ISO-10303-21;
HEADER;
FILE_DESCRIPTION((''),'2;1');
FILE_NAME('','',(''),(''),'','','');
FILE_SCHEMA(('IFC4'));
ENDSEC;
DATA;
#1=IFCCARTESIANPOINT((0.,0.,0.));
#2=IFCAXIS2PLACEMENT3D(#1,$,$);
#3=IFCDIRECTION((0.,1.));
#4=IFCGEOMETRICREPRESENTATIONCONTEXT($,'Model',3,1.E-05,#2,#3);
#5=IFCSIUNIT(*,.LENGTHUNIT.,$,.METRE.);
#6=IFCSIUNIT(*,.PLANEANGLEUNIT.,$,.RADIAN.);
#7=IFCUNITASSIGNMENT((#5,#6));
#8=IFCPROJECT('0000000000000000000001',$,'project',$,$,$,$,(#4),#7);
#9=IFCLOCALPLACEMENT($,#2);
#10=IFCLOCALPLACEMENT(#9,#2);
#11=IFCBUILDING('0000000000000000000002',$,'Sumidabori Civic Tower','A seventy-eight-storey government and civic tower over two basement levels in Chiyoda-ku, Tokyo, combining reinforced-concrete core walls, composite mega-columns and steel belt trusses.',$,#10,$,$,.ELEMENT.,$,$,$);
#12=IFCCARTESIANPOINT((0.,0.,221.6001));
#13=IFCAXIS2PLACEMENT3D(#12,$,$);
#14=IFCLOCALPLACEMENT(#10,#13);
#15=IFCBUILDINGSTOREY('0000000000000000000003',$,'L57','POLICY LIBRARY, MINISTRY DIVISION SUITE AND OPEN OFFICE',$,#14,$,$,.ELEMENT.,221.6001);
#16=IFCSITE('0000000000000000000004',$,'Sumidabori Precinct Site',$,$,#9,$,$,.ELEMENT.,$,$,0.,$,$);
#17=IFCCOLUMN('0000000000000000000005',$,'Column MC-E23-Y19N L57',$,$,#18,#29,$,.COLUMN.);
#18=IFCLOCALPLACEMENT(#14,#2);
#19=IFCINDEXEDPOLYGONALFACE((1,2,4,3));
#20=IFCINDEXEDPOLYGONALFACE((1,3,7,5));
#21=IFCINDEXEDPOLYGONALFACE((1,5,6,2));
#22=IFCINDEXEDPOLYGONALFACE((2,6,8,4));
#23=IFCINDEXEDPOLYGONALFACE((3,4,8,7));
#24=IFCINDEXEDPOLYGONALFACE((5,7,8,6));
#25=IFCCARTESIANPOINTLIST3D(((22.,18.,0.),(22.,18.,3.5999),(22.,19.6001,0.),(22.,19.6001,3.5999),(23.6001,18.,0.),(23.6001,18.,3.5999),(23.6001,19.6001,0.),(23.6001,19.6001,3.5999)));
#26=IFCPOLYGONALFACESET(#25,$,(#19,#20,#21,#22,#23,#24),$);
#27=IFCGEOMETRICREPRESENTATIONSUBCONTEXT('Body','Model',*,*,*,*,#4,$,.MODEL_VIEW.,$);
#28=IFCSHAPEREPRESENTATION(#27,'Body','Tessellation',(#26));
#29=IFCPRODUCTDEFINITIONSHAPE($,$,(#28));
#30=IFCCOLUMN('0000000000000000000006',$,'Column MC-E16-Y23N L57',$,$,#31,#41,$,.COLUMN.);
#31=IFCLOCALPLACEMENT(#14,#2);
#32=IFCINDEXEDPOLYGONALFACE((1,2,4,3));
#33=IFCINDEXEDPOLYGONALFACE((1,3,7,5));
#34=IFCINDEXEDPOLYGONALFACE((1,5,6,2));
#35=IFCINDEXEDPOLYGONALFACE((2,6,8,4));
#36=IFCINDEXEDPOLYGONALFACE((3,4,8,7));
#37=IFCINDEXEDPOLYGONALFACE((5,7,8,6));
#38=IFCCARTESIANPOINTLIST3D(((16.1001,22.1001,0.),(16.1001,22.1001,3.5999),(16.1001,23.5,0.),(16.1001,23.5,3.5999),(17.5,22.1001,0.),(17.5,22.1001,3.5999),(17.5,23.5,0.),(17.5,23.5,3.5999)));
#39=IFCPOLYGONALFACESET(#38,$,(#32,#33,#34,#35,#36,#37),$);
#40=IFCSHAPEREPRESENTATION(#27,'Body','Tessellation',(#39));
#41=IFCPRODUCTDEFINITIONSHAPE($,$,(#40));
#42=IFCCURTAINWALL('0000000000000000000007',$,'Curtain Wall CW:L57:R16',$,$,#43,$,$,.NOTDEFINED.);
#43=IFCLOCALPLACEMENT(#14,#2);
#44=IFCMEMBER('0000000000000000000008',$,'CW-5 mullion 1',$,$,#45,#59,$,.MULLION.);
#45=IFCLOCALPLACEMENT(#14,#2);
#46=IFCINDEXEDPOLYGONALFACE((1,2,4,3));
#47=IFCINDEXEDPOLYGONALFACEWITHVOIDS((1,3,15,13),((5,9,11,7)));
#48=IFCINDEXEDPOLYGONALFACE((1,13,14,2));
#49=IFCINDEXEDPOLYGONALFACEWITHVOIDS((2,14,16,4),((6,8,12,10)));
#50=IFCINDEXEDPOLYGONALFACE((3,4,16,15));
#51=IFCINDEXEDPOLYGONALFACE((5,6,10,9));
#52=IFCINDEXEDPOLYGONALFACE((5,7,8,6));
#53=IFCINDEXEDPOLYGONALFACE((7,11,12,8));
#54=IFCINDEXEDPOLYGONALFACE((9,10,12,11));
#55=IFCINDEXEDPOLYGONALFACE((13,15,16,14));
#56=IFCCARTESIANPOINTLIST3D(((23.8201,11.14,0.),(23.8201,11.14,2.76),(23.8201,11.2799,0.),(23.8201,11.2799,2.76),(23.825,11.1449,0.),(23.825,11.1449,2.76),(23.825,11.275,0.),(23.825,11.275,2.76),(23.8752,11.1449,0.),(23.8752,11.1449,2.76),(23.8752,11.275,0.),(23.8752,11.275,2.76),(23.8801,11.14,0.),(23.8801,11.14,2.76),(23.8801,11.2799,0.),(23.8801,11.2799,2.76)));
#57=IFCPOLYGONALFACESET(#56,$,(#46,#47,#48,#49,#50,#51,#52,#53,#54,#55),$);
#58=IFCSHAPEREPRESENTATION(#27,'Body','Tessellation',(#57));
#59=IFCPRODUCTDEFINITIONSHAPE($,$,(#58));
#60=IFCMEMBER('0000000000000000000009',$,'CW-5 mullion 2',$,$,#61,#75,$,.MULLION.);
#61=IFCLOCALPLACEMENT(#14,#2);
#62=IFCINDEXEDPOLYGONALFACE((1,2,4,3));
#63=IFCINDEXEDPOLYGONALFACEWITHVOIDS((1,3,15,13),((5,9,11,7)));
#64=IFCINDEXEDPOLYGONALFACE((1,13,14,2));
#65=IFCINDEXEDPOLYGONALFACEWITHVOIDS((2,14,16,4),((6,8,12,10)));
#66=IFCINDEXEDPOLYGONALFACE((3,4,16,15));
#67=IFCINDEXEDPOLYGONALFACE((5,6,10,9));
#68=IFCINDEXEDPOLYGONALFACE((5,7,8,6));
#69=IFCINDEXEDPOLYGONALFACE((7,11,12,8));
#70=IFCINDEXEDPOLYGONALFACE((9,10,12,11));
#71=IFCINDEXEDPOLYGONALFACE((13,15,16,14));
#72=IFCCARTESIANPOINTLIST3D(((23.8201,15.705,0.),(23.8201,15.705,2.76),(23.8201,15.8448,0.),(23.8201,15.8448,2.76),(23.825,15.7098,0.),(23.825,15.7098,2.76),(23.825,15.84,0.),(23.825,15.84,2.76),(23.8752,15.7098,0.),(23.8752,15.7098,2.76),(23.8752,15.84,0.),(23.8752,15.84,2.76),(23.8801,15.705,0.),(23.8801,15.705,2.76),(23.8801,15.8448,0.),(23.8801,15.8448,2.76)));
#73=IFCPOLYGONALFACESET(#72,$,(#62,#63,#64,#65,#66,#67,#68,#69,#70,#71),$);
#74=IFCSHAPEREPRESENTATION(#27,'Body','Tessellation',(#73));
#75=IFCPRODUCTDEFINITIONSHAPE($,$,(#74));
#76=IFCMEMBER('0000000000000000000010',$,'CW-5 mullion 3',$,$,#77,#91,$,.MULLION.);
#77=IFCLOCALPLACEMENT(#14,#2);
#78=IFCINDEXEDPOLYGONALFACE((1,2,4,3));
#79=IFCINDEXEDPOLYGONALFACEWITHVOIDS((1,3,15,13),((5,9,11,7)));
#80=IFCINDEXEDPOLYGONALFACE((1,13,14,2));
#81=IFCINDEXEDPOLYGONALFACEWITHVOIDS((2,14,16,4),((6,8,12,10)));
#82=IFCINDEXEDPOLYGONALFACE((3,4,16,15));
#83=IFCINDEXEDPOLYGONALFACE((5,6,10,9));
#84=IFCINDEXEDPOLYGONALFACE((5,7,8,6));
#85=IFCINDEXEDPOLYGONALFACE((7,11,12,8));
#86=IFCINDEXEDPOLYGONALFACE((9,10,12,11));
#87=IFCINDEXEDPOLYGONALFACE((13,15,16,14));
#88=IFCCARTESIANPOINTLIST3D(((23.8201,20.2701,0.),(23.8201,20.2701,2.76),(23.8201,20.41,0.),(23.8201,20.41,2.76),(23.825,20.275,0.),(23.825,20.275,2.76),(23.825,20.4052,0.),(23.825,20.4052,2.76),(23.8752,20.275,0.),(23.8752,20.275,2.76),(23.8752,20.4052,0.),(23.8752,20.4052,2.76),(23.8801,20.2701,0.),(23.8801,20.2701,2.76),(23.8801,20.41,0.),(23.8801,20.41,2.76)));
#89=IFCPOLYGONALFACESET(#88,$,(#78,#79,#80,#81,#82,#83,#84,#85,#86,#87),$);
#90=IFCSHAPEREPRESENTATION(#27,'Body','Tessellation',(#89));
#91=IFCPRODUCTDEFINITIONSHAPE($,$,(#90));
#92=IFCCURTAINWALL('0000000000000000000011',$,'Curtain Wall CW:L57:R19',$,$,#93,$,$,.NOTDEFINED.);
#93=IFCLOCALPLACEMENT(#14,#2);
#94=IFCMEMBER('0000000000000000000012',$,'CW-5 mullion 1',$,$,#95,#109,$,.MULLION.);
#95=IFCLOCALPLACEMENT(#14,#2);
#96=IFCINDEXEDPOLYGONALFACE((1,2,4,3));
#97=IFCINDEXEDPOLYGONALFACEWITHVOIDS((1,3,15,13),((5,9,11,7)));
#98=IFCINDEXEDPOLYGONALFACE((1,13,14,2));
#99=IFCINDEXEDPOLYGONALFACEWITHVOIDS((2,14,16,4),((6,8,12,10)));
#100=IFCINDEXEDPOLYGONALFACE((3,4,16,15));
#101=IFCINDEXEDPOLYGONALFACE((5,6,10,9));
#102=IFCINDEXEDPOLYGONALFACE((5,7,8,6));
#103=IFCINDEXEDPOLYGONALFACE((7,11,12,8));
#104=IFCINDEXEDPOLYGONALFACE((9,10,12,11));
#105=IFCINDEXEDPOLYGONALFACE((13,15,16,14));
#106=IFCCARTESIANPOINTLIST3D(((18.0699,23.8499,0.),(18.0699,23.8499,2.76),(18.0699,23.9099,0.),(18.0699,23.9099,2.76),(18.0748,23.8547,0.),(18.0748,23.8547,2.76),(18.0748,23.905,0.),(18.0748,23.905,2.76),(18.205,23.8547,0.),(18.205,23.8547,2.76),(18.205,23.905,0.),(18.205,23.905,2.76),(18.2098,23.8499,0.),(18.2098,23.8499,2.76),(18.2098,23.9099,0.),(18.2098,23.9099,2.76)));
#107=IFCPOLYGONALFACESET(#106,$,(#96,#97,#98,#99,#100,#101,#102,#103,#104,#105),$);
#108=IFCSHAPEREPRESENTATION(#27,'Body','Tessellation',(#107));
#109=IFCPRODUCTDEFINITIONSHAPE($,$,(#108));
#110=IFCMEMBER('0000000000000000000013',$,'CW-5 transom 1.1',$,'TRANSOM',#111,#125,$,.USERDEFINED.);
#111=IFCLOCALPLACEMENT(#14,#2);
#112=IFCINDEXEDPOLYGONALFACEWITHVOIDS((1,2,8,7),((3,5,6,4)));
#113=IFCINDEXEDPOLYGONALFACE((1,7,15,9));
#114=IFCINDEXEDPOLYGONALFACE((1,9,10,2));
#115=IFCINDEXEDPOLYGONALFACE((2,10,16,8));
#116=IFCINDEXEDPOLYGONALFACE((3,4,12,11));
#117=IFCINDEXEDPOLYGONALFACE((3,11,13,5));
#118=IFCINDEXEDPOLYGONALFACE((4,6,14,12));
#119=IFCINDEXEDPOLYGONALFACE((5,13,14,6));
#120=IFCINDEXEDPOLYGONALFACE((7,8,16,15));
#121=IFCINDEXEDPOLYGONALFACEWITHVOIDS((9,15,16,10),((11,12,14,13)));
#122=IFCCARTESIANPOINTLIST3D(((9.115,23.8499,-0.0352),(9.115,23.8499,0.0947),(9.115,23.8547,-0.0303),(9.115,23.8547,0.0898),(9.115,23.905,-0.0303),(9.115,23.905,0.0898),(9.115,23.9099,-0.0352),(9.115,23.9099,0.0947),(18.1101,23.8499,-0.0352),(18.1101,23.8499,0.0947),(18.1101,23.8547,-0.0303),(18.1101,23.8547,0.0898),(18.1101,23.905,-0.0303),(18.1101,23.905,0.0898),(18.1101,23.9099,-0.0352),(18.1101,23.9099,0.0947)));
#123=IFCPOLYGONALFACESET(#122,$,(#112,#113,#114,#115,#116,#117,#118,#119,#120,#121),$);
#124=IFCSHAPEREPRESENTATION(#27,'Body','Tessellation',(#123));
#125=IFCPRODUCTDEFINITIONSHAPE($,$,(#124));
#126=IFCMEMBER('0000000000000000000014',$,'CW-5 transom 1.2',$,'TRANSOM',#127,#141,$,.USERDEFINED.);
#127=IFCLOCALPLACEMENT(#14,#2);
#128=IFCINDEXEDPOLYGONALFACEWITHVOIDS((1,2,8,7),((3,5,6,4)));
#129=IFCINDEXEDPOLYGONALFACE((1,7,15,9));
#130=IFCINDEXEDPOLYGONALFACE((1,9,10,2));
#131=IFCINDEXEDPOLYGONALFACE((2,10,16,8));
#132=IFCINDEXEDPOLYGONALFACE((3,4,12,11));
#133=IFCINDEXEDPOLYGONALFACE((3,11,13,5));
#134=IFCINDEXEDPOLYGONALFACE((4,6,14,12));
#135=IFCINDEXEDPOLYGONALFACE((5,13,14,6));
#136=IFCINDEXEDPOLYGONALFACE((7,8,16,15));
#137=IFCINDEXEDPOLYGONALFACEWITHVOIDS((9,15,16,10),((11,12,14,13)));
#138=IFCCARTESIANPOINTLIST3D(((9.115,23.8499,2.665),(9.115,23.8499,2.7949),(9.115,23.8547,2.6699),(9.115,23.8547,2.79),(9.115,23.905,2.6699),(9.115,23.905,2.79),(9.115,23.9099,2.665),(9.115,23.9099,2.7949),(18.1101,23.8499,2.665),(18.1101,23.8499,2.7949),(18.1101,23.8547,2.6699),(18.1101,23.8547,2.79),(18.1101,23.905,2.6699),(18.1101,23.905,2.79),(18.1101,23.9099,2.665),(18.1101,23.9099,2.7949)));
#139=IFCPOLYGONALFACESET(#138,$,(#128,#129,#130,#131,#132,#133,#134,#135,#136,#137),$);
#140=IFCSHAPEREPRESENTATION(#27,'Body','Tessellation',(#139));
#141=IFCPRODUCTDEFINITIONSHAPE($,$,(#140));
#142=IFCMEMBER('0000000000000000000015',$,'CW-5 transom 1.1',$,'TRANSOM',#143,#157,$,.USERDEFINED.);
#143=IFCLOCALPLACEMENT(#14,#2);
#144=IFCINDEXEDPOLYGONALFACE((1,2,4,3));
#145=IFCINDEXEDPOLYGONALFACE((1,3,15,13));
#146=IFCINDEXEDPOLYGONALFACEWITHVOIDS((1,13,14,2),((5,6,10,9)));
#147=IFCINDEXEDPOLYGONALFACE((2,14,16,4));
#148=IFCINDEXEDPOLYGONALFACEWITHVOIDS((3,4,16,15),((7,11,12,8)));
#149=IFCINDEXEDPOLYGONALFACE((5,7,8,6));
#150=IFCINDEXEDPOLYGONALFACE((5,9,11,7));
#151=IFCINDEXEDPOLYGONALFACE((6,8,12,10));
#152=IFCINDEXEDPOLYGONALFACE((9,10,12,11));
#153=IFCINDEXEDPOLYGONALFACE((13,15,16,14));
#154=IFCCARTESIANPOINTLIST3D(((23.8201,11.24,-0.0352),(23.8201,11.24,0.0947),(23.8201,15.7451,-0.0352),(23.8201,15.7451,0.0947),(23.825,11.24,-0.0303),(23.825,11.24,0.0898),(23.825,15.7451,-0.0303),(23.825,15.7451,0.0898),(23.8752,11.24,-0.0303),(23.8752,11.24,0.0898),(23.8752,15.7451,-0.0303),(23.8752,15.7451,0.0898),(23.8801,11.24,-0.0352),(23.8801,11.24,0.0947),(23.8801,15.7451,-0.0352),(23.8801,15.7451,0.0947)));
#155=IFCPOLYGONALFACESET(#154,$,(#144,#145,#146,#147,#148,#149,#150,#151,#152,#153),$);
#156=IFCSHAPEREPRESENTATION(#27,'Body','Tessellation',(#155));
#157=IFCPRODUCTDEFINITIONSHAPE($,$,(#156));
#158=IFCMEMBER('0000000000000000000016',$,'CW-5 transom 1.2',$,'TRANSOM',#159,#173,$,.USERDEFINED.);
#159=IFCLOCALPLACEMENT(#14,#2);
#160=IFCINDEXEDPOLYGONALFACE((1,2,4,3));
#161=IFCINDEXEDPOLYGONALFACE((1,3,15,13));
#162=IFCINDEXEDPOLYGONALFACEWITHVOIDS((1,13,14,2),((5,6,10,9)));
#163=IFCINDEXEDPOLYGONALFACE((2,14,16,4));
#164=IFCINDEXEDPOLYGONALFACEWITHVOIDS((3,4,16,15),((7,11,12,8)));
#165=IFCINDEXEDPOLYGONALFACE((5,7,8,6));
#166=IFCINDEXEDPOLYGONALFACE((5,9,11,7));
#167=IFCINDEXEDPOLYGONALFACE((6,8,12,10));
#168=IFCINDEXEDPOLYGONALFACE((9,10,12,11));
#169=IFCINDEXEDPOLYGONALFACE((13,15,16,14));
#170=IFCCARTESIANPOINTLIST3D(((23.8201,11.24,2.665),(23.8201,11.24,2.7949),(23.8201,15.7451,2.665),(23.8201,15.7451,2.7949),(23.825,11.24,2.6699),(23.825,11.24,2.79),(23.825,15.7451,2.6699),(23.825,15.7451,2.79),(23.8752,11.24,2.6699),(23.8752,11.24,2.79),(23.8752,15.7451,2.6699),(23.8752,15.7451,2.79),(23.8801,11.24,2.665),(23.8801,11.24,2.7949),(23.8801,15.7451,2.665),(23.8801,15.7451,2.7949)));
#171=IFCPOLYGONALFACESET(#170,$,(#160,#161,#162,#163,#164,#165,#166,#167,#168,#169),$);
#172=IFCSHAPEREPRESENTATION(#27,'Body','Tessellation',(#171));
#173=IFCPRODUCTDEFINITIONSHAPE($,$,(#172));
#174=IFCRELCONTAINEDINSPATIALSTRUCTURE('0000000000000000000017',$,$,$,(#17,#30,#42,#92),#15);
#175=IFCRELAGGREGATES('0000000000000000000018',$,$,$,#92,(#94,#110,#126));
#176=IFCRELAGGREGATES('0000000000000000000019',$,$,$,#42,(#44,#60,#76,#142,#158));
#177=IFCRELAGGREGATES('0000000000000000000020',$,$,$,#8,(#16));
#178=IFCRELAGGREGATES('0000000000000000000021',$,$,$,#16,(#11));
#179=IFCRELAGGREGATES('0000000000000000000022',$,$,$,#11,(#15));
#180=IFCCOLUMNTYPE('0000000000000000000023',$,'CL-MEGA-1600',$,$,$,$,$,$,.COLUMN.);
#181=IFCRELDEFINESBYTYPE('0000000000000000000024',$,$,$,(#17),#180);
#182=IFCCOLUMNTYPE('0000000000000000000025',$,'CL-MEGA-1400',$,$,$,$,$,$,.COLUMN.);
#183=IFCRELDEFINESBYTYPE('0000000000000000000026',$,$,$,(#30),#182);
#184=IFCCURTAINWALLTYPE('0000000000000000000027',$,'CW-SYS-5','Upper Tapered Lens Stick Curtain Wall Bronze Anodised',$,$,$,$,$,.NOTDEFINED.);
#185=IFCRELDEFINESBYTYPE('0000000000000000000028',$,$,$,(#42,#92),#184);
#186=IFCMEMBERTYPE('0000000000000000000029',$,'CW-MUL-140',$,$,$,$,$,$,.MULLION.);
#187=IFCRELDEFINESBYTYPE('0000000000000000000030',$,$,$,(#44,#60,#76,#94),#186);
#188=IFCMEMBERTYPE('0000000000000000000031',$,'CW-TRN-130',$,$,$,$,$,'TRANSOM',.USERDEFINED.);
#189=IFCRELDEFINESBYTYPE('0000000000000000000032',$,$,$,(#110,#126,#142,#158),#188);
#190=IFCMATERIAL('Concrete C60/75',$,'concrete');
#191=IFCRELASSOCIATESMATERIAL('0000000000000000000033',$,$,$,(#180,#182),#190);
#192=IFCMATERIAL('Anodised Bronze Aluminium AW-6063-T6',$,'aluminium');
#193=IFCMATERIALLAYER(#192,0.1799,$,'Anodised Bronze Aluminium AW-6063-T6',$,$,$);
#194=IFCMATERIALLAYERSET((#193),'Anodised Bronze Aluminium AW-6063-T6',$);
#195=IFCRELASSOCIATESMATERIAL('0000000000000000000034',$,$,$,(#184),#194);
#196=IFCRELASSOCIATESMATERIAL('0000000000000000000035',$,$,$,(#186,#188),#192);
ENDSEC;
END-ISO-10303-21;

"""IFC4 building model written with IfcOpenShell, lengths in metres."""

from ifc_helpers import new_model, si_unit, direction, frame, origin, origin_2d, place, context, subcontext, project, spatial, rectangle, hollow_rectangle, extrude, source, transform, mapped, material, layer, layer_set, material_profile, profile_set, type_object, element, aggregate, save


model = new_model("IFC4")

# Units and contexts
model_context = context("Model", 3, precision=1e-05, world=origin(), true_north=direction((0.0, 1.0)))
body_context = subcontext(model_context, "Body", "Model", "MODEL_VIEW")
ifc_project = project(units=[si_unit("LENGTHUNIT", "METRE"), si_unit("PLANEANGLEUNIT", "RADIAN")], contexts=[model_context])

# Site, building, storey
site_placement = place(None, origin())
site = spatial("IfcSite", under=ifc_project, at=site_placement, Name="Sumidabori Precinct Site", CompositionType="ELEMENT", RefElevation=0.0)
building_placement = place(site_placement, origin())
building = spatial("IfcBuilding", under=site, at=building_placement, Name="Sumidabori Civic Tower", Description="A seventy-eight-storey government and civic tower over two basement levels in Chiyoda-ku, Tokyo, combining reinforced-concrete core walls, composite mega-columns and steel belt trusses.", CompositionType="ELEMENT")
storey_placement = place(building_placement, frame((0.0, 0.0, 221.6001)))
storey = spatial("IfcBuildingStorey", under=building, at=storey_placement, Name="L57", Description="POLICY LIBRARY, MINISTRY DIVISION SUITE AND OPEN OFFICE", CompositionType="ELEMENT", Elevation=221.6001)

# Columns
ifc_material_1 = material(Name="Concrete C60/75", Category="concrete")
ifc_material_profile_1 = material_profile(ifc_material_1, rectangle(XDim=1.6001, YDim=1.6001, at=origin_2d()), Name="RC 1600x1600")
ifc_profile_set_1 = profile_set([ifc_material_profile_1], Name="Concrete C60/75")
column_type_1 = type_object("IfcColumnType", Name="CL-MEGA-1600", PredefinedType="COLUMN", material=ifc_profile_set_1)
shared_shape_1 = source(origin(), body_context, "Body", "SweptSolid", [
    extrude(rectangle(XDim=1.6001, YDim=1.6001, at=origin_2d()), origin(), (0.0, 0.0, 1.0), 3.5999),
])
column_1_placement = place(storey_placement, frame((22.8, 18.8, 0.0), z_axis=(0.0, 0.0, 1.0), x_axis=(1.0, 0.0, 0.0)))
element("IfcColumn", 1, at=column_1_placement, inside=storey, type_object=column_type_1, Name="Column MC-E23-Y19N L57", PredefinedType="COLUMN", context=body_context, shape_type="MappedRepresentation", body=[
    mapped(shared_shape_1, transform((0.0, 0.0, 0.0), x_axis=(1.0, 0.0, 0.0), y_axis=(0.0, 1.0, 0.0), z_axis=(0.0, 0.0, 1.0), scale=1.0)),
])
ifc_material_profile_2 = material_profile(ifc_material_1, rectangle(XDim=1.3999, YDim=1.3999, at=origin_2d()), Name="RC 1400x1400")
ifc_profile_set_2 = profile_set([ifc_material_profile_2], Name="Concrete C60/75")
column_type_2 = type_object("IfcColumnType", Name="CL-MEGA-1400", PredefinedType="COLUMN", material=ifc_profile_set_2)
shared_shape_2 = source(origin(), body_context, "Body", "SweptSolid", [
    extrude(rectangle(XDim=1.3999, YDim=1.3999, at=origin_2d()), origin(), (0.0, 0.0, 1.0), 3.5999),
])
column_2_placement = place(storey_placement, frame((16.8, 22.8, 0.0), z_axis=(0.0, 0.0, 1.0), x_axis=(1.0, 0.0, 0.0)))
element("IfcColumn", 2, at=column_2_placement, inside=storey, type_object=column_type_2, Name="Column MC-E16-Y23N L57", PredefinedType="COLUMN", context=body_context, shape_type="MappedRepresentation", body=[
    mapped(shared_shape_2, transform((0.0, 0.0, 0.0), x_axis=(1.0, 0.0, 0.0), y_axis=(0.0, 1.0, 0.0), z_axis=(0.0, 0.0, 1.0), scale=1.0)),
])

# Curtain walls, members
ifc_material_2 = material(Name="Anodised Bronze Aluminium AW-6063-T6", Category="aluminium")
ifc_layer_1 = layer(ifc_material_2, 0.1799, Name="Anodised Bronze Aluminium AW-6063-T6")
ifc_layer_set_1 = layer_set([ifc_layer_1], Name="Anodised Bronze Aluminium AW-6063-T6")
curtain_wall_type = type_object("IfcCurtainWallType", Name="CW-SYS-5", Description="Upper Tapered Lens Stick Curtain Wall Bronze Anodised", PredefinedType="NOTDEFINED", material=ifc_layer_set_1)
curtain_wall_1_placement = place(storey_placement, origin())
curtain_wall_1 = element("IfcCurtainWall", 3, at=curtain_wall_1_placement, inside=storey, type_object=curtain_wall_type, Name="Curtain Wall CW:L57:R16", PredefinedType="NOTDEFINED")
ifc_material_profile_3 = material_profile(ifc_material_2, hollow_rectangle(XDim=0.0601, YDim=0.1399, WallThickness=0.0049, at=origin_2d()), Name="ALU MULLION 140x60")
ifc_profile_set_3 = profile_set([ifc_material_profile_3], Name="Anodised Bronze Aluminium AW-6063-T6")
member_type_1 = type_object("IfcMemberType", Name="CW-MUL-140", PredefinedType="MULLION", material=ifc_profile_set_3)
shared_shape_3 = source(origin(), body_context, "Body", "SweptSolid", [
    extrude(hollow_rectangle(XDim=0.0601, YDim=0.1399, WallThickness=0.0049, at=origin_2d()), origin(), (0.0, 0.0, 1.0), 2.76),
])
member_1_placement = place(storey_placement, frame((23.8501, 11.21, 0.0), z_axis=(0.0, 0.0, 1.0), x_axis=(-1.0, 0.0, 0.0)))
member_1 = element("IfcMember", 4, at=member_1_placement, type_object=member_type_1, Name="CW-5 mullion 1", PredefinedType="MULLION", context=body_context, shape_type="MappedRepresentation", body=[
    mapped(shared_shape_3, transform((0.0, 0.0, 0.0), x_axis=(1.0, 0.0, 0.0), y_axis=(0.0, 1.0, 0.0), z_axis=(0.0, 0.0, 1.0), scale=1.0)),
])
member_2_placement = place(storey_placement, frame((23.8501, 15.7749, 0.0), z_axis=(0.0, 0.0, 1.0), x_axis=(-1.0, 0.0, 0.0)))
member_2 = element("IfcMember", 5, at=member_2_placement, type_object=member_type_1, Name="CW-5 mullion 2", PredefinedType="MULLION", context=body_context, shape_type="MappedRepresentation", body=[
    mapped(shared_shape_3, transform((0.0, 0.0, 0.0), x_axis=(1.0, 0.0, 0.0), y_axis=(0.0, 1.0, 0.0), z_axis=(0.0, 0.0, 1.0), scale=1.0)),
])
member_3_placement = place(storey_placement, frame((23.8501, 20.3401, 0.0), z_axis=(0.0, 0.0, 1.0), x_axis=(-1.0, 0.0, 0.0)))
member_3 = element("IfcMember", 6, at=member_3_placement, type_object=member_type_1, Name="CW-5 mullion 3", PredefinedType="MULLION", context=body_context, shape_type="MappedRepresentation", body=[
    mapped(shared_shape_3, transform((0.0, 0.0, 0.0), x_axis=(1.0, 0.0, 0.0), y_axis=(0.0, 1.0, 0.0), z_axis=(0.0, 0.0, 1.0), scale=1.0)),
])
curtain_wall_2_placement = place(storey_placement, origin())
curtain_wall_2 = element("IfcCurtainWall", 7, at=curtain_wall_2_placement, inside=storey, type_object=curtain_wall_type, Name="Curtain Wall CW:L57:R19", PredefinedType="NOTDEFINED")
member_4_placement = place(storey_placement, frame((18.1399, 23.8799, 0.0), z_axis=(0.0, 0.0, 1.0), x_axis=(0.0, -1.0, 0.0)))
member_4 = element("IfcMember", 8, at=member_4_placement, type_object=member_type_1, Name="CW-5 mullion 1", PredefinedType="MULLION", context=body_context, shape_type="MappedRepresentation", body=[
    mapped(shared_shape_3, transform((0.0, 0.0, 0.0), x_axis=(1.0, 0.0, 0.0), y_axis=(0.0, 1.0, 0.0), z_axis=(0.0, 0.0, 1.0), scale=1.0)),
])
ifc_material_profile_4 = material_profile(ifc_material_2, hollow_rectangle(XDim=0.0601, YDim=0.1299, WallThickness=0.0049, at=origin_2d()), Name="ALU TRANSOM 130x60")
ifc_profile_set_4 = profile_set([ifc_material_profile_4], Name="Anodised Bronze Aluminium AW-6063-T6")
member_type_2 = type_object("IfcMemberType", Name="CW-TRN-130", ElementType="TRANSOM", PredefinedType="USERDEFINED", material=ifc_profile_set_4)
shared_shape_4 = source(origin(), body_context, "Body", "SweptSolid", [
    extrude(hollow_rectangle(XDim=0.0601, YDim=0.1299, WallThickness=0.0049, at=origin_2d()), origin(), (0.0, 0.0, 1.0), 8.9951),
])
member_5_placement = place(storey_placement, frame((18.1101, 23.8799, 0.0298), z_axis=(-1.0, 0.0, 0.0), x_axis=(0.0, -1.0, 0.0)))
member_5 = element("IfcMember", 9, at=member_5_placement, type_object=member_type_2, Name="CW-5 transom 1.1", ObjectType="TRANSOM", PredefinedType="USERDEFINED", context=body_context, shape_type="MappedRepresentation", body=[
    mapped(shared_shape_4, transform((0.0, 0.0, 0.0), x_axis=(1.0, 0.0, 0.0), y_axis=(0.0, 1.0, 0.0), z_axis=(0.0, 0.0, 1.0), scale=1.0)),
])
member_6_placement = place(storey_placement, frame((18.1101, 23.8799, 2.73), z_axis=(-1.0, 0.0, 0.0), x_axis=(0.0, -1.0, 0.0)))
member_6 = element("IfcMember", 10, at=member_6_placement, type_object=member_type_2, Name="CW-5 transom 1.2", ObjectType="TRANSOM", PredefinedType="USERDEFINED", context=body_context, shape_type="MappedRepresentation", body=[
    mapped(shared_shape_4, transform((0.0, 0.0, 0.0), x_axis=(1.0, 0.0, 0.0), y_axis=(0.0, 1.0, 0.0), z_axis=(0.0, 0.0, 1.0), scale=1.0)),
])
aggregate(curtain_wall_2, [member_4, member_5, member_6])

# Members
shared_shape_5 = source(origin(), body_context, "Body", "SweptSolid", [
    extrude(hollow_rectangle(XDim=0.0601, YDim=0.1299, WallThickness=0.0049, at=origin_2d()), origin(), (0.0, 0.0, 1.0), 4.5051),
])
member_7_placement = place(storey_placement, frame((23.8501, 11.24, 0.0298), z_axis=(0.0, 1.0, 0.0), x_axis=(-1.0, 0.0, 0.0)))
member_7 = element("IfcMember", 11, at=member_7_placement, type_object=member_type_2, Name="CW-5 transom 1.1", ObjectType="TRANSOM", PredefinedType="USERDEFINED", context=body_context, shape_type="MappedRepresentation", body=[
    mapped(shared_shape_5, transform((0.0, 0.0, 0.0), x_axis=(1.0, 0.0, 0.0), y_axis=(0.0, 1.0, 0.0), z_axis=(0.0, 0.0, 1.0), scale=1.0)),
])
member_8_placement = place(storey_placement, frame((23.8501, 11.24, 2.73), z_axis=(0.0, 1.0, 0.0), x_axis=(-1.0, 0.0, 0.0)))
member_8 = element("IfcMember", 12, at=member_8_placement, type_object=member_type_2, Name="CW-5 transom 1.2", ObjectType="TRANSOM", PredefinedType="USERDEFINED", context=body_context, shape_type="MappedRepresentation", body=[
    mapped(shared_shape_5, transform((0.0, 0.0, 0.0), x_axis=(1.0, 0.0, 0.0), y_axis=(0.0, 1.0, 0.0), z_axis=(0.0, 0.0, 1.0), scale=1.0)),
])

aggregate(curtain_wall_1, [member_1, member_2, member_3, member_7, member_8])

save(model, "model.ifc")
